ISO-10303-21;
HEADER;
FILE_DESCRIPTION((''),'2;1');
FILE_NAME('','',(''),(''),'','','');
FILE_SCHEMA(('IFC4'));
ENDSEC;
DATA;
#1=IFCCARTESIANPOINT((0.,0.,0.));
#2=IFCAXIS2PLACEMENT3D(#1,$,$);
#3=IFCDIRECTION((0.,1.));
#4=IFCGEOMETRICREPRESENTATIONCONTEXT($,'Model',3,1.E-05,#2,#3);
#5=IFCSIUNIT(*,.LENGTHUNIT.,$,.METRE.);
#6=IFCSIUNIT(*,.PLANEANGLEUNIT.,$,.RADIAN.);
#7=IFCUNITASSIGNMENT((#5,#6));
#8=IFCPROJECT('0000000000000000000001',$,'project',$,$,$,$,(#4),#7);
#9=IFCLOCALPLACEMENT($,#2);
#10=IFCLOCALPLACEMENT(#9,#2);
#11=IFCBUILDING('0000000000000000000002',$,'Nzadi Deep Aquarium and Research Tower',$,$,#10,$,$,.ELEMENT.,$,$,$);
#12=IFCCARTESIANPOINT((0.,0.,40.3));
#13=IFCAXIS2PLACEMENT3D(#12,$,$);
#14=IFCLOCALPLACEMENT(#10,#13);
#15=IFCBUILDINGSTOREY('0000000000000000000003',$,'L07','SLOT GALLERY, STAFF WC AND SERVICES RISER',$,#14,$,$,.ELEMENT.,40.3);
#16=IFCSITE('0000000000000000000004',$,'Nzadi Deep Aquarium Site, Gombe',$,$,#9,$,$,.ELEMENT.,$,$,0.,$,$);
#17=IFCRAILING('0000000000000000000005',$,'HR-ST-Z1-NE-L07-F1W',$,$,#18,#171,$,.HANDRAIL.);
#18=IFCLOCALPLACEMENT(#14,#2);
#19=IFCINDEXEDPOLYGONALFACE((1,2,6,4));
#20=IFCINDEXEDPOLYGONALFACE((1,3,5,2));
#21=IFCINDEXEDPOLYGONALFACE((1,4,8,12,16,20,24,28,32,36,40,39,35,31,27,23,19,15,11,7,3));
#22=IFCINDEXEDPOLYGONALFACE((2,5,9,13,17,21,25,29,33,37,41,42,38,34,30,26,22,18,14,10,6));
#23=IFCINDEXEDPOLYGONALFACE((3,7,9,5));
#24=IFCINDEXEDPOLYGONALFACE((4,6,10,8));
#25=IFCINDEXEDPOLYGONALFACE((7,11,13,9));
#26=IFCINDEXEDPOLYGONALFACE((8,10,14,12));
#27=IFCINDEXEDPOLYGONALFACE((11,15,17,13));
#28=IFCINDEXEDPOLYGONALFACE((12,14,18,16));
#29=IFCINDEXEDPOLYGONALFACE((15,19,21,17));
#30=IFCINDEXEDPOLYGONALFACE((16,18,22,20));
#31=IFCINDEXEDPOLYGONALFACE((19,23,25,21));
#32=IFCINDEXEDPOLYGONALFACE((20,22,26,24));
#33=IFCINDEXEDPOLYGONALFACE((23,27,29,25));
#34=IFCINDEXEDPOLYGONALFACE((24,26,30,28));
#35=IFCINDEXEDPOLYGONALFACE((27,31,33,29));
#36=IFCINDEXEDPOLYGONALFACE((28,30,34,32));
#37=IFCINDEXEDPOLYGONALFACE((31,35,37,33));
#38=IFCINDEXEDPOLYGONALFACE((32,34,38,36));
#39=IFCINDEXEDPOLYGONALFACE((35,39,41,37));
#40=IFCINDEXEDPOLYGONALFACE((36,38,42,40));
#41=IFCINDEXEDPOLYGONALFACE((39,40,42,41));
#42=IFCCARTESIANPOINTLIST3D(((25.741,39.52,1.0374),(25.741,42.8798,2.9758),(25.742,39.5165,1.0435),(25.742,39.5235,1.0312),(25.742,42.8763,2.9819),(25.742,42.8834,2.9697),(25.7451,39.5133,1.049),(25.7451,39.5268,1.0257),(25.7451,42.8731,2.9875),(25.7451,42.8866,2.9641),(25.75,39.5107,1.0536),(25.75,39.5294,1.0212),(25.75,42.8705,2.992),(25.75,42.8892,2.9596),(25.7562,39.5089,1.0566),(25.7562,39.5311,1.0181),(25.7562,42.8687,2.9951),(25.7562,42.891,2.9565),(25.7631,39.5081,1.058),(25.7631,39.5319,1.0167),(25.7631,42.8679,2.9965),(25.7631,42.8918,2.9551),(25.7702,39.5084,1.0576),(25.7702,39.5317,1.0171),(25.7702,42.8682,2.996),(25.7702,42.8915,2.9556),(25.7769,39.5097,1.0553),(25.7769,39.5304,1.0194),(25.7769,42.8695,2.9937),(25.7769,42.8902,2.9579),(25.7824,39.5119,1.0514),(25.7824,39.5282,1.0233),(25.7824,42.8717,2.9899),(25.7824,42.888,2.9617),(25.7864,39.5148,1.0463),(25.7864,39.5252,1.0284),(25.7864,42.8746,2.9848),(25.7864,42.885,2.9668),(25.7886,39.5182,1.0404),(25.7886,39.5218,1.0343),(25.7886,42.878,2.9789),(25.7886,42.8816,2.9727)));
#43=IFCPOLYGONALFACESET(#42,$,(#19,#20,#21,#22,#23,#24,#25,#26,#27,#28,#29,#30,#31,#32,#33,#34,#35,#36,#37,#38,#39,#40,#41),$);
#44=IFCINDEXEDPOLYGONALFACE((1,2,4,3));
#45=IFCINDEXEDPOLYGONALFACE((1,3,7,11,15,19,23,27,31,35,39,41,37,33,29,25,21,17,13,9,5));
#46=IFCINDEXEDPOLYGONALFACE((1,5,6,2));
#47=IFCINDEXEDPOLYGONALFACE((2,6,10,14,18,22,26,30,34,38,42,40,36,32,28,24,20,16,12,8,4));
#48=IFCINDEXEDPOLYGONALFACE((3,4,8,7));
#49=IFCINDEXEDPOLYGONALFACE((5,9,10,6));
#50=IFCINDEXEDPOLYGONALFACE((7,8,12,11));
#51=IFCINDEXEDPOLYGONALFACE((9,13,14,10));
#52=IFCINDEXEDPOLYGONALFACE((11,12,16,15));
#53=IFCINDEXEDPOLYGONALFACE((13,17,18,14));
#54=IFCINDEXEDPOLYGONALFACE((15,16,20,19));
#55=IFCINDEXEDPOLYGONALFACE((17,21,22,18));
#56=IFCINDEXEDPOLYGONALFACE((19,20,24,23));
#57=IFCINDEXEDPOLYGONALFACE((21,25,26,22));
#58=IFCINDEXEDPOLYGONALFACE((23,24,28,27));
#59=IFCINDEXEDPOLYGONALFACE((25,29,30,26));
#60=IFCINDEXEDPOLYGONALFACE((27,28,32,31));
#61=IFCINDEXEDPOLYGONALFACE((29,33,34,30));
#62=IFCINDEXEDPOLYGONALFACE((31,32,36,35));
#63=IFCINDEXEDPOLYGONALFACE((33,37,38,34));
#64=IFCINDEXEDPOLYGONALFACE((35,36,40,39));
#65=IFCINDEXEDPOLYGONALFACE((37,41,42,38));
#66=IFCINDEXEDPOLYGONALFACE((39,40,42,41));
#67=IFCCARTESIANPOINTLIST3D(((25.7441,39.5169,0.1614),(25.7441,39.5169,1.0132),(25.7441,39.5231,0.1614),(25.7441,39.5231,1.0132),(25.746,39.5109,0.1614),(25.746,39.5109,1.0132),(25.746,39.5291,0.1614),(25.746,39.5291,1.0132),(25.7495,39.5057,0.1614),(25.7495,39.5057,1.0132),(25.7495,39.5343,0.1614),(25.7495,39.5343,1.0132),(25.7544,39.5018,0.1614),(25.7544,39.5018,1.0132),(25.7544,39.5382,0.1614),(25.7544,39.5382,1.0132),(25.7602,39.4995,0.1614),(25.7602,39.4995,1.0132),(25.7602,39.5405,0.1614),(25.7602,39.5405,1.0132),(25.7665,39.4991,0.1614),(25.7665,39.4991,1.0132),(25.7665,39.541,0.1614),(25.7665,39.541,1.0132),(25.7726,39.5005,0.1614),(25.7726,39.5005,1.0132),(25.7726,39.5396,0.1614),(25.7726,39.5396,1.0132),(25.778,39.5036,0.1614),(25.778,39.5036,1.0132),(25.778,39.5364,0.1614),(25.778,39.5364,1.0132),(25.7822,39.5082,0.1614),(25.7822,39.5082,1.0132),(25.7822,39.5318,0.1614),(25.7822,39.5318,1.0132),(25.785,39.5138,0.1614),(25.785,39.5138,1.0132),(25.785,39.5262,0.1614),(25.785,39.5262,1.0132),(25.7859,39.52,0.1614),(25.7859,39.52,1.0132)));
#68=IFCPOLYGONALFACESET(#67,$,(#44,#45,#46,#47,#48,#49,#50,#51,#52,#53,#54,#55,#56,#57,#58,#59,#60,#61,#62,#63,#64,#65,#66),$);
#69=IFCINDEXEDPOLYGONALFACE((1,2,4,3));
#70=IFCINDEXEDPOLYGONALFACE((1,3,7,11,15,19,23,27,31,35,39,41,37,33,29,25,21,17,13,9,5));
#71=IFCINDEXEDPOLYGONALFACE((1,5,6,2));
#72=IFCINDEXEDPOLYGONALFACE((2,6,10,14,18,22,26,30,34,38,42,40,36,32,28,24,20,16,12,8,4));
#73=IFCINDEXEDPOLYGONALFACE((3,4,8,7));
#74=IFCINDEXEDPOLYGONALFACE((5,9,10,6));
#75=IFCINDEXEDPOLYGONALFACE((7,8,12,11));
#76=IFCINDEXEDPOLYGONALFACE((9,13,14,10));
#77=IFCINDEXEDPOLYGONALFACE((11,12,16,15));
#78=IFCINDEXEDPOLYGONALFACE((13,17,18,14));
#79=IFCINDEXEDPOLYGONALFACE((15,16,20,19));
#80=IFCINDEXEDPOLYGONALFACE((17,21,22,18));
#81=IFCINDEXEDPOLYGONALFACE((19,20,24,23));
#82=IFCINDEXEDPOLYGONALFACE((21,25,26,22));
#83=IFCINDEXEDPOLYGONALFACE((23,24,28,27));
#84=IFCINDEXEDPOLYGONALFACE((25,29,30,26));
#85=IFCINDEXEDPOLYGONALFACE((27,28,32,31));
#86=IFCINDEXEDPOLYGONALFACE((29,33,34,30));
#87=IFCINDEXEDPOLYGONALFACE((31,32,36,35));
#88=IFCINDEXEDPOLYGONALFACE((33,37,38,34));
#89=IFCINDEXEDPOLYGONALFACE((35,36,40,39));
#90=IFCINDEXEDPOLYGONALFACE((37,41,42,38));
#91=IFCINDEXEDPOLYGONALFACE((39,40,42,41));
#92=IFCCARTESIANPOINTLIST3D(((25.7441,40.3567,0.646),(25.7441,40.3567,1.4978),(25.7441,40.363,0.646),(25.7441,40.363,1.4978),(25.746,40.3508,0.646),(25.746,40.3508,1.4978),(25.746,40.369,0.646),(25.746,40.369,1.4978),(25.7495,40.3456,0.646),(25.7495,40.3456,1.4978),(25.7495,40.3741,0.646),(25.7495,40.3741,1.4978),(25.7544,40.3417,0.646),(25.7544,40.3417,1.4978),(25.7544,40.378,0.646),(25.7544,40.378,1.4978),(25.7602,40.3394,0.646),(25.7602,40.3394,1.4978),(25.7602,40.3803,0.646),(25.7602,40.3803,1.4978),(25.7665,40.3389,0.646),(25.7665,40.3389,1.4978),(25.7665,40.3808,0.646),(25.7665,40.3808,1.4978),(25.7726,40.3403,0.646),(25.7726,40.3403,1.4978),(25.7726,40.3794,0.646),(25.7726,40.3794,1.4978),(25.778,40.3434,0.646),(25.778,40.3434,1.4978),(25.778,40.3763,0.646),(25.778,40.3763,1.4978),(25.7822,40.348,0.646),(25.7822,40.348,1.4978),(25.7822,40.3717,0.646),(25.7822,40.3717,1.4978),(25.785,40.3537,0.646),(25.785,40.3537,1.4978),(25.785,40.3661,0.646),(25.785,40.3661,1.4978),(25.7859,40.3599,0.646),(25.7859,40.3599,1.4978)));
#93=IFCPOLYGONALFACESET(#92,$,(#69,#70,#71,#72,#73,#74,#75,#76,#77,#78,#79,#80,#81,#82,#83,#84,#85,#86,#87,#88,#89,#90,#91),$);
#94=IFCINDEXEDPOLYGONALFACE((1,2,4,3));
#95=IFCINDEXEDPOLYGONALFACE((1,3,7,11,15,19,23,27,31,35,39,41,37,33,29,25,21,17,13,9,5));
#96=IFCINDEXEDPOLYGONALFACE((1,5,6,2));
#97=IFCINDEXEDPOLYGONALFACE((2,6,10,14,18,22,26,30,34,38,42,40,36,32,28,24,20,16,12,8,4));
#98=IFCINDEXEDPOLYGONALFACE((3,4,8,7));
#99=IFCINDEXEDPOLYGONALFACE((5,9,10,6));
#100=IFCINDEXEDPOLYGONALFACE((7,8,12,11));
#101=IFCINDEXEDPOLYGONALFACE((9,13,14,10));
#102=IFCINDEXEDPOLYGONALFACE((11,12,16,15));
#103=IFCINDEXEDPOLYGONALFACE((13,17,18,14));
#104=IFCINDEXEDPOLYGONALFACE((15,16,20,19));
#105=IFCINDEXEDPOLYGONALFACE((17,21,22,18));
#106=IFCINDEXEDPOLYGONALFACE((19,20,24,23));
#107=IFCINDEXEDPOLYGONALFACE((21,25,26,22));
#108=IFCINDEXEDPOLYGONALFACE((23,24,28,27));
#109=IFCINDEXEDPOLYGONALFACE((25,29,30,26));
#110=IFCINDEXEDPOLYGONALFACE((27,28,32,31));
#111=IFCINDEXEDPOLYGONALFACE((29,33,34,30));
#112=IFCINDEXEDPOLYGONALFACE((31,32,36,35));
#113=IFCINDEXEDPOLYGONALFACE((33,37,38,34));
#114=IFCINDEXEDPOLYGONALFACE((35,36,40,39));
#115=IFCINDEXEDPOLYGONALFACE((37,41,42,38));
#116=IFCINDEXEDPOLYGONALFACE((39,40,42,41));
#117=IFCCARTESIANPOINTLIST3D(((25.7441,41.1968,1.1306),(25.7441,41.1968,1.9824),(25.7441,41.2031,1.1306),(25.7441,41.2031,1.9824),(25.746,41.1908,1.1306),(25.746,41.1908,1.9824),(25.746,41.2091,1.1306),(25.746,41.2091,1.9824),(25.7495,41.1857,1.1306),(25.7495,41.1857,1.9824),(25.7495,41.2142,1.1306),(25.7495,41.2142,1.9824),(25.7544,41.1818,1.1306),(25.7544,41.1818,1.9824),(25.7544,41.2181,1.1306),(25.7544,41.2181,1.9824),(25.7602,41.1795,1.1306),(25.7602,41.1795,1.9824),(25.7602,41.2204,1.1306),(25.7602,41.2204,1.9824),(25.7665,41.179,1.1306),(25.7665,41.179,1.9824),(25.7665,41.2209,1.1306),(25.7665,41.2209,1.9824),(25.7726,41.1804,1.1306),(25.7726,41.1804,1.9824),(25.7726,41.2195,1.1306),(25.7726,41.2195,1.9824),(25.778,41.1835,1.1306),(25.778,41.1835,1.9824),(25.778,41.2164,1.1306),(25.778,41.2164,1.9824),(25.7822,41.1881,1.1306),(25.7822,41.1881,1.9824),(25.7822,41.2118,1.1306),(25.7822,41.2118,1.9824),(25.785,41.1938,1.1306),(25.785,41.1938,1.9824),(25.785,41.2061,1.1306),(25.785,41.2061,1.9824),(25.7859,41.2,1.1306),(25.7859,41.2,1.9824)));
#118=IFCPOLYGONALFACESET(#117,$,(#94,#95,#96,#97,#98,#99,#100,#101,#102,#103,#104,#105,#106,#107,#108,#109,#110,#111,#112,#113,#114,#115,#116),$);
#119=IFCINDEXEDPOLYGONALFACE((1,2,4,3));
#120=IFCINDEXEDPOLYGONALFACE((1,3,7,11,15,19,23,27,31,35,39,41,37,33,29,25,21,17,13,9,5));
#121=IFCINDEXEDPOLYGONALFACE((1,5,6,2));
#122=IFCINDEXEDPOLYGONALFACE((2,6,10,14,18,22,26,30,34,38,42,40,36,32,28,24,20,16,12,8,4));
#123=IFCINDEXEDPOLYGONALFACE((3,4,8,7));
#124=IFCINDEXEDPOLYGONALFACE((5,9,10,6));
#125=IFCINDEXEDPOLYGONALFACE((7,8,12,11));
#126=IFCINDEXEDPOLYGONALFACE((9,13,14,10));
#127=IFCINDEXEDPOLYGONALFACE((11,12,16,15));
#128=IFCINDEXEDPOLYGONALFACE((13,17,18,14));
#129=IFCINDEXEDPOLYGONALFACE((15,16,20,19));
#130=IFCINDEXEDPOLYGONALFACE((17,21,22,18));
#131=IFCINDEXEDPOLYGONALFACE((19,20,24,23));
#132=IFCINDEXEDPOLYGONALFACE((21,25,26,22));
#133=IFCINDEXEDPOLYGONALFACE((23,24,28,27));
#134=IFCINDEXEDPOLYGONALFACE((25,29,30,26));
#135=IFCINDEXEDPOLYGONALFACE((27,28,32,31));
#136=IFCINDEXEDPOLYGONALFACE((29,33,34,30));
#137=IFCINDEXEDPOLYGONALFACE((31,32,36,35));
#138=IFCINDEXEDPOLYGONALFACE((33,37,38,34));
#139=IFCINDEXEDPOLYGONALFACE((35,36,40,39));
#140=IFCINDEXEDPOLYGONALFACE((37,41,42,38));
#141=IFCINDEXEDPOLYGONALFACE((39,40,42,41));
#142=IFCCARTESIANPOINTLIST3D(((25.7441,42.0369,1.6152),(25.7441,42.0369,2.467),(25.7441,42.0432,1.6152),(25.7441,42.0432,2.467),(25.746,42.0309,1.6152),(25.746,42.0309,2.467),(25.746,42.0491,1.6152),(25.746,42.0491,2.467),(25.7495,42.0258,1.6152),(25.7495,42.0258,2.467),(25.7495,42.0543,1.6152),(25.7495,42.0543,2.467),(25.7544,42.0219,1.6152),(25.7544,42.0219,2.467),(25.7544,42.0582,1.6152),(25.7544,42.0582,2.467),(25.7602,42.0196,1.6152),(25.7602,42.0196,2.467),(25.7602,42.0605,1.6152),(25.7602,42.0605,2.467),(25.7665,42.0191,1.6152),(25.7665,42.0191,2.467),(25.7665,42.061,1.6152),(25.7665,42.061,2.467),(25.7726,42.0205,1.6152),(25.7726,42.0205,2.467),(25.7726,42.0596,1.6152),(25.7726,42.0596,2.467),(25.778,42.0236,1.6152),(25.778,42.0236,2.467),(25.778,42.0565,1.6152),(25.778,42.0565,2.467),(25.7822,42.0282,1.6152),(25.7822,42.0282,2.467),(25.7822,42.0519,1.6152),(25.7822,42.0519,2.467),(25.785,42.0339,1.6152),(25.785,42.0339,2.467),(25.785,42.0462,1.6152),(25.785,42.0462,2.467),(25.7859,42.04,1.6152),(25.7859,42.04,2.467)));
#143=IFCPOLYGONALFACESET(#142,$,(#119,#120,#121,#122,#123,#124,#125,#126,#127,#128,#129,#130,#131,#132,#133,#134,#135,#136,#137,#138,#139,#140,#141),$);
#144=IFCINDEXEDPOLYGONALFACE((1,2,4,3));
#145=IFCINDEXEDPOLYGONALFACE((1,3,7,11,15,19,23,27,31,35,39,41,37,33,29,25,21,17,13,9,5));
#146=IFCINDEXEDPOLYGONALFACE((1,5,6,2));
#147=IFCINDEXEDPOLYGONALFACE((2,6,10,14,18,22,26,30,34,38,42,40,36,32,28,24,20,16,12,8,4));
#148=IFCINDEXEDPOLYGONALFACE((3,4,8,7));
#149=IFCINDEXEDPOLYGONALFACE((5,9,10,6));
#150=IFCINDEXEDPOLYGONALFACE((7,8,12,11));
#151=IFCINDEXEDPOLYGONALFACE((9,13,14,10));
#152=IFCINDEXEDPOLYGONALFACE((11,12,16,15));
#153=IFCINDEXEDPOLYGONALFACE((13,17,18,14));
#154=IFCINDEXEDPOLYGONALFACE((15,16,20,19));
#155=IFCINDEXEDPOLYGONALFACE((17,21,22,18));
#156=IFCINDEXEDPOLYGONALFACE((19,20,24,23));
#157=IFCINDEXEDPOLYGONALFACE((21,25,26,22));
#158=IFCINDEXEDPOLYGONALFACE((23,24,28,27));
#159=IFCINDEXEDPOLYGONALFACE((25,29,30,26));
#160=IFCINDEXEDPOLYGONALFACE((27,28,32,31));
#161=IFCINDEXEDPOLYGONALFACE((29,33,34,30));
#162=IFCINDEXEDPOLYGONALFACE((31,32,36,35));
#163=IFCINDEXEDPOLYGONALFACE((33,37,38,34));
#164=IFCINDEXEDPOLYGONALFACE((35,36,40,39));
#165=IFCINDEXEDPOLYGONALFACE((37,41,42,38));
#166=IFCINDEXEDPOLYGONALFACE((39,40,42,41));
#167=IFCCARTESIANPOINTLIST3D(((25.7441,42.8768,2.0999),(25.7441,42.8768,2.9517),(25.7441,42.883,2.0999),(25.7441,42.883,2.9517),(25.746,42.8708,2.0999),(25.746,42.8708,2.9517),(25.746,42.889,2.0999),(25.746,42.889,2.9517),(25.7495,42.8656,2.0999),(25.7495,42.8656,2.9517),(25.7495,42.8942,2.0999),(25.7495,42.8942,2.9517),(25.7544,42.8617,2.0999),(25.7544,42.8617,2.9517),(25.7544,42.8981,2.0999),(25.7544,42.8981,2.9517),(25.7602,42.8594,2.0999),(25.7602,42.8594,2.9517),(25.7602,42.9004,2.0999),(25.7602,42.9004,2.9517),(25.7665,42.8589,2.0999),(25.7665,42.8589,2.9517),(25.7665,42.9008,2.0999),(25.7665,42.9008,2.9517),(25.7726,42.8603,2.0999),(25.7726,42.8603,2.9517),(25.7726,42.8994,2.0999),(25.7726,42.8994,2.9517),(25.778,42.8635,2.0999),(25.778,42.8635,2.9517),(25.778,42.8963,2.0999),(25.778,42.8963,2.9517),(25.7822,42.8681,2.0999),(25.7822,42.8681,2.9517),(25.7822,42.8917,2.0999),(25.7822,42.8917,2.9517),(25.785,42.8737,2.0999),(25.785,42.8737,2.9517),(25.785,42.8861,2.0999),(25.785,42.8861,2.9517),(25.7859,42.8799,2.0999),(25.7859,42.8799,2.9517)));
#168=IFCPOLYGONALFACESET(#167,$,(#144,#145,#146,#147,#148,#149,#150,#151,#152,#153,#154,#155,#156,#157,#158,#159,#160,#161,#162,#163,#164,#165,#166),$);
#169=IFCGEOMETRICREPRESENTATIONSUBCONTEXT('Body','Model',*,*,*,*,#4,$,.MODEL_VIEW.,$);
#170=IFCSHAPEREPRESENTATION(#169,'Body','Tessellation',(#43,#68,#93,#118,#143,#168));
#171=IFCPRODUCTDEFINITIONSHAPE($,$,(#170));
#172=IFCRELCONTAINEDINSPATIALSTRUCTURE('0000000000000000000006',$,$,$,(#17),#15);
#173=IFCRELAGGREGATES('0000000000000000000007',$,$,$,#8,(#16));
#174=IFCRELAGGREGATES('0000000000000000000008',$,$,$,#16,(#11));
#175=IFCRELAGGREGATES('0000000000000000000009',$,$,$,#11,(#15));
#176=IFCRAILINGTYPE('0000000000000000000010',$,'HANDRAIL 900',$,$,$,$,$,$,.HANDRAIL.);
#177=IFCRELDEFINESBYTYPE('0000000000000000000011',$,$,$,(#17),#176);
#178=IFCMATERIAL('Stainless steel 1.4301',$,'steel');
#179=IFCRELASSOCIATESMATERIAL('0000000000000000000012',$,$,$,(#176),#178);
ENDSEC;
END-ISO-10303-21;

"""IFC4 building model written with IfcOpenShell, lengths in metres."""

from ifc_helpers import new_model, si_unit, direction, frame, origin, origin_2d, place, context, subcontext, project, spatial, circle, extrude, material, type_object, element, save


model = new_model("IFC4")

# Units and contexts
model_context = context("Model", 3, precision=1e-05, world=origin(), true_north=direction((0.0, 1.0)))
body_context = subcontext(model_context, "Body", "Model", "MODEL_VIEW")
ifc_project = project(units=[si_unit("LENGTHUNIT", "METRE"), si_unit("PLANEANGLEUNIT", "RADIAN")], contexts=[model_context])

# Site, building, storey
site_placement = place(None, origin())
site = spatial("IfcSite", under=ifc_project, at=site_placement, Name="Nzadi Deep Aquarium Site, Gombe", CompositionType="ELEMENT", RefElevation=0.0)
building_placement = place(site_placement, origin())
building = spatial("IfcBuilding", under=site, at=building_placement, Name="Nzadi Deep Aquarium and Research Tower", CompositionType="ELEMENT")
storey_placement = place(building_placement, frame((0.0, 0.0, 40.3)))
storey = spatial("IfcBuildingStorey", under=building, at=storey_placement, Name="L07", Description="SLOT GALLERY, STAFF WC AND SERVICES RISER", CompositionType="ELEMENT", Elevation=40.3)

# Railing
ifc_material_1 = material(Name="Stainless steel 1.4301", Category="steel")
railing_type = type_object("IfcRailingType", Name="HANDRAIL 900", PredefinedType="HANDRAIL", material=ifc_material_1)
for number, where, name in (
    (1, (25.7649, 39.52, 0.1614), "HR-ST-Z1-NE-L07-F1W"),
):
    element("IfcRailing", number, at=place(storey_placement, frame(where)), inside=storey, type_object=railing_type, Name=name, PredefinedType="HANDRAIL", context=body_context, shape_type="SweptSolid", body=[
        extrude(circle(Radius=0.0239, at=origin_2d()), frame((0.0, 0.0, 0.876), z_axis=(0.0, 0.866175, 0.499741), x_axis=(-1.0, 0.0, 0.0)), (0.0, 0.0, 1.0), 3.8789),
        extrude(circle(Radius=0.021, at=origin_2d()), origin(), (0.0, 0.0, 1.0), 0.8518),
        extrude(circle(Radius=0.021, at=origin_2d()), frame((0.0, 0.8398, 0.4846)), (0.0, 0.0, 1.0), 0.8518),
        extrude(circle(Radius=0.021, at=origin_2d()), frame((0.0, 1.6799, 0.9692)), (0.0, 0.0, 1.0), 0.8518),
        extrude(circle(Radius=0.021, at=origin_2d()), frame((0.0, 2.52, 1.4539)), (0.0, 0.0, 1.0), 0.8518),
        extrude(circle(Radius=0.021, at=origin_2d()), frame((0.0, 3.3599, 1.9385)), (0.0, 0.0, 1.0), 0.8518),
    ])

save(model, "model.ifc")
